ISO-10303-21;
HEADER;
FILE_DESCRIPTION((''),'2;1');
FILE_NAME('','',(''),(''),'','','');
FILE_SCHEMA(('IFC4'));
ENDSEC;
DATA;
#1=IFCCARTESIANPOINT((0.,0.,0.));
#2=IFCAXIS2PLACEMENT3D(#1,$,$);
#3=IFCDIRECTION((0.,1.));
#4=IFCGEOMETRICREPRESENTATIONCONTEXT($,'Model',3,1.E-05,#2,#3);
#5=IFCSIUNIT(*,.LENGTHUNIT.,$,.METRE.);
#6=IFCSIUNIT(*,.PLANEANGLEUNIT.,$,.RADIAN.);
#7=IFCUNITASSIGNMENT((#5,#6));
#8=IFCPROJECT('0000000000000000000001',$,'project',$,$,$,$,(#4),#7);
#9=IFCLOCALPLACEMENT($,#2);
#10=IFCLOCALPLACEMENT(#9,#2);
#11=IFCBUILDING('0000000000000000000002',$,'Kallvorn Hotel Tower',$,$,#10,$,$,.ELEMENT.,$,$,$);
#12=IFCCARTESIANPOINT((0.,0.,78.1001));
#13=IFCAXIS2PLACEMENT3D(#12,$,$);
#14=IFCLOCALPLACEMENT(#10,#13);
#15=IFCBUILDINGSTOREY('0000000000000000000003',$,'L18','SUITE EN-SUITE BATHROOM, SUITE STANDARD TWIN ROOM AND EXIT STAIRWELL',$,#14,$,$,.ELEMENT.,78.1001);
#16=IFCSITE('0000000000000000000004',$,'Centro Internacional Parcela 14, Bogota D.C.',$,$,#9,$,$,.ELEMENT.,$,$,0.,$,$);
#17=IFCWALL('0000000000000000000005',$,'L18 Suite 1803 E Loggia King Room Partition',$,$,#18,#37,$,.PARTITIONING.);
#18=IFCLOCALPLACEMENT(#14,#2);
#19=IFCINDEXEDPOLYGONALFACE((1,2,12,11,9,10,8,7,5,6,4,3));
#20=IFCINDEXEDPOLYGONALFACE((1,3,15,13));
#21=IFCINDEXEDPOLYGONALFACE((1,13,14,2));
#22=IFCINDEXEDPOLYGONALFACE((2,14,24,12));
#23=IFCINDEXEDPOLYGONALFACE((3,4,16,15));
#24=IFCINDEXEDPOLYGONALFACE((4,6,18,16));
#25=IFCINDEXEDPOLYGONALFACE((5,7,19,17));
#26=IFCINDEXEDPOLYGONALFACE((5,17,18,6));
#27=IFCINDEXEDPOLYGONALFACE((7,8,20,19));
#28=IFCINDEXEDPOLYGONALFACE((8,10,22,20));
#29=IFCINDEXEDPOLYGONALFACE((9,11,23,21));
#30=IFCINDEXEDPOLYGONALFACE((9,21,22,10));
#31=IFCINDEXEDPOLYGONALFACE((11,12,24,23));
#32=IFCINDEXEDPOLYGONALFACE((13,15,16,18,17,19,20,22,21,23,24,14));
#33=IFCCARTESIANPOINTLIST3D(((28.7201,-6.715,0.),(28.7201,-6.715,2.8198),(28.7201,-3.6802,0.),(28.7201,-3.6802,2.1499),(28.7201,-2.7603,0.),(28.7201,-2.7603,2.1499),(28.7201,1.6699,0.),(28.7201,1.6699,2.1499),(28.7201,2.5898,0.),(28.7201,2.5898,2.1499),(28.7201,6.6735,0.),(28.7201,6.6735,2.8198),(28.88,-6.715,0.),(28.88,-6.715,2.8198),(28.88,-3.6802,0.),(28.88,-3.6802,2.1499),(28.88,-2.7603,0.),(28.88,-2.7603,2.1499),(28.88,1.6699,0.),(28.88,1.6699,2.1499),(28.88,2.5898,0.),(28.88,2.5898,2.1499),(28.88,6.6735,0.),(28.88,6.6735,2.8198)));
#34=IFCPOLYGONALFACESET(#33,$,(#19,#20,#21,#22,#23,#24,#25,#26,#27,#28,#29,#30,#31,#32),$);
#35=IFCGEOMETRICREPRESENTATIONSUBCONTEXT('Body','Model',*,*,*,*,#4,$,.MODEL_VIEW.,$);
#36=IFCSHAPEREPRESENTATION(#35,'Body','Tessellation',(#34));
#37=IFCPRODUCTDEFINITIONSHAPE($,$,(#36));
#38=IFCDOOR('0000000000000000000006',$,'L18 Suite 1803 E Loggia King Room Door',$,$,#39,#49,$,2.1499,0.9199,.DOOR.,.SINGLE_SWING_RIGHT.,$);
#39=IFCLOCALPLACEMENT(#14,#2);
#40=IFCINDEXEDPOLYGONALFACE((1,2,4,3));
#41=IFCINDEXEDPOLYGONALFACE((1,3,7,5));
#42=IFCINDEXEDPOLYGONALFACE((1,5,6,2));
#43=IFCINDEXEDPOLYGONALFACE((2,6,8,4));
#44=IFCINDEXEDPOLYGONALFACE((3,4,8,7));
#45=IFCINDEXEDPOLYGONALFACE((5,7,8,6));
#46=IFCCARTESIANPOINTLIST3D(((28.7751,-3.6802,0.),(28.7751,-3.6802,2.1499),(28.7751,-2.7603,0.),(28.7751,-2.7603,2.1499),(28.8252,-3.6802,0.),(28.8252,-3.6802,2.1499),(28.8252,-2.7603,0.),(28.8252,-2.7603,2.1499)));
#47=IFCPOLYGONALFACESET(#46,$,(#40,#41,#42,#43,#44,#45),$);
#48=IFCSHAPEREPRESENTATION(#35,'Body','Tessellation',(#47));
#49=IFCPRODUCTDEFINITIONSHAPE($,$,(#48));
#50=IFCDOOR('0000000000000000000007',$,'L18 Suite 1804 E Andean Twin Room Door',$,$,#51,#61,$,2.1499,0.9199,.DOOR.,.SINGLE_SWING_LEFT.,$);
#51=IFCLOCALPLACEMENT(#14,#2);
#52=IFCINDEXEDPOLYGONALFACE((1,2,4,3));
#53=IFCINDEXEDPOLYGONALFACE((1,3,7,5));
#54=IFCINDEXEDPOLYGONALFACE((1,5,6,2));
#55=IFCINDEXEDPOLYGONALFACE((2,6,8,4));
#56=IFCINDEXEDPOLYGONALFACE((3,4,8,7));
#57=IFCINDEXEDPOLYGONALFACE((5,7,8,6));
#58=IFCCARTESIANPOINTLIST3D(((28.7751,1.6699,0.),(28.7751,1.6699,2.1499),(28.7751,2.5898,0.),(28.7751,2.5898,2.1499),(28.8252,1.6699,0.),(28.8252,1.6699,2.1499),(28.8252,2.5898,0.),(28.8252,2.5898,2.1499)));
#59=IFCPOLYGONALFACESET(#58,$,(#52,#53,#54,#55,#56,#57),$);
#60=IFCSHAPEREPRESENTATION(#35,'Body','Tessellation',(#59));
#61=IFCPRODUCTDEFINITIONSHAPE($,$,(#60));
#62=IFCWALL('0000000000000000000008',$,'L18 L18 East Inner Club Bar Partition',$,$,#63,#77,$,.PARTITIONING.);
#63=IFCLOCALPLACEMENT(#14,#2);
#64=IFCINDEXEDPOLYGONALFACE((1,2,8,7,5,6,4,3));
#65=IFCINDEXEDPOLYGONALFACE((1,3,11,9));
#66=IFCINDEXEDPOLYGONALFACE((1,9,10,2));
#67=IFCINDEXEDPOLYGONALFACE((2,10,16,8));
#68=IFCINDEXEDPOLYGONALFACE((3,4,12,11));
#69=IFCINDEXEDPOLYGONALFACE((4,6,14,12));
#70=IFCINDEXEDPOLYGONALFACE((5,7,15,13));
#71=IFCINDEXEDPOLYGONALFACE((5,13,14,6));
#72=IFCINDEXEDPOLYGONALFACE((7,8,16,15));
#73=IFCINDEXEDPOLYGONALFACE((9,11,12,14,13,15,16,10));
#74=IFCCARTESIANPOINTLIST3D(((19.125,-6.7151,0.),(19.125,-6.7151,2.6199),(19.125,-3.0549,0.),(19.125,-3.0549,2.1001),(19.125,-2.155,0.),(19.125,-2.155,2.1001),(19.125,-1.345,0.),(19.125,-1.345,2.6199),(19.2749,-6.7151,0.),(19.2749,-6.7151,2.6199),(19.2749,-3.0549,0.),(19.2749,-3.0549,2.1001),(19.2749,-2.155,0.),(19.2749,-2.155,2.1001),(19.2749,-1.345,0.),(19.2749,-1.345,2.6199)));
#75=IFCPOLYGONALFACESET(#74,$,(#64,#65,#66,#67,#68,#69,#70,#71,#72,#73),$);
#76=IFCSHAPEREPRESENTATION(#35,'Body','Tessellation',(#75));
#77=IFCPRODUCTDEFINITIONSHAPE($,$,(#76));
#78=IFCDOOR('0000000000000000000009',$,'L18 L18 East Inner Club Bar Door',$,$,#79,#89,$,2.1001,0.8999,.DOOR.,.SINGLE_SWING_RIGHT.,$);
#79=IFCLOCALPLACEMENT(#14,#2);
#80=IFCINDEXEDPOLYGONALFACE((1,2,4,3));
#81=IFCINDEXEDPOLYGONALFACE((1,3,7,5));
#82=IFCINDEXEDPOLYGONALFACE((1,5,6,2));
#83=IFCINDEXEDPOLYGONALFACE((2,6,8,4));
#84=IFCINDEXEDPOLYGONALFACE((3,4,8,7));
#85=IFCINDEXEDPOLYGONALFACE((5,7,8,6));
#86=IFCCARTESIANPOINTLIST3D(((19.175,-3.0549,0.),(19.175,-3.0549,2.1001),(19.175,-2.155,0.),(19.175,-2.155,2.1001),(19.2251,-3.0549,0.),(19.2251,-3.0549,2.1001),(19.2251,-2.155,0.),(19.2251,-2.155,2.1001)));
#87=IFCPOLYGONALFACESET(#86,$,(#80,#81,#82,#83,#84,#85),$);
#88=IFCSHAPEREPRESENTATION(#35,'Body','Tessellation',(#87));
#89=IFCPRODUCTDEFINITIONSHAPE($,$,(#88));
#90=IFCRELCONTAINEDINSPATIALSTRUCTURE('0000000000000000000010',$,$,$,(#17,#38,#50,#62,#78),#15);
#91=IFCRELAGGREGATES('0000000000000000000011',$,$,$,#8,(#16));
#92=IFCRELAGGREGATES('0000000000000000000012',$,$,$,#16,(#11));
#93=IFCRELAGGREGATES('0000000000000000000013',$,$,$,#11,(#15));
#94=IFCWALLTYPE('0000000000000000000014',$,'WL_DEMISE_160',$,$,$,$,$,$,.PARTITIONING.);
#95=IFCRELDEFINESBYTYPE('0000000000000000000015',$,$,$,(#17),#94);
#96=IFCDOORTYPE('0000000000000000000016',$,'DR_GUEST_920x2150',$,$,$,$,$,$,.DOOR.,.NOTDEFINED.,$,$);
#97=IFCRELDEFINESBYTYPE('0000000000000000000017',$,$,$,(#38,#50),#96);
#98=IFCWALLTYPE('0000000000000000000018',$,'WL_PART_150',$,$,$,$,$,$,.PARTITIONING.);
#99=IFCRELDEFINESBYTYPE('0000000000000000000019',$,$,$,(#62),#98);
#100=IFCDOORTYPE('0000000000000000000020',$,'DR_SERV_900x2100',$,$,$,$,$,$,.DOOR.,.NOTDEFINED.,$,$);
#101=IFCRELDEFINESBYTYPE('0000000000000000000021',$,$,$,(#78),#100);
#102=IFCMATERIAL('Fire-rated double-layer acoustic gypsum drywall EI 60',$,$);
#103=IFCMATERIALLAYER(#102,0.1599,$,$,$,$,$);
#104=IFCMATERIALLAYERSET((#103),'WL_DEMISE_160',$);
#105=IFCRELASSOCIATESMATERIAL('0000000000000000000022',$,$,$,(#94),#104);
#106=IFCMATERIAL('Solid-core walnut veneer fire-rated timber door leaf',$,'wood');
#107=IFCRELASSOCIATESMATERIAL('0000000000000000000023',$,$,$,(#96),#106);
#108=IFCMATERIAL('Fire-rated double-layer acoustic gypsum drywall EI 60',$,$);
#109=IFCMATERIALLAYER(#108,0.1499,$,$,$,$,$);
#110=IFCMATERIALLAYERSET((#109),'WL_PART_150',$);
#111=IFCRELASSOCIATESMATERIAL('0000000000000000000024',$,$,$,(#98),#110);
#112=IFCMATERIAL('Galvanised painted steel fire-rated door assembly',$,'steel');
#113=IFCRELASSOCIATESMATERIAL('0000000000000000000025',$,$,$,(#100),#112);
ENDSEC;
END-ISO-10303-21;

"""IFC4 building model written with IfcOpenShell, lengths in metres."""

from ifc_helpers import new_model, si_unit, direction, frame, frame_2d, origin, place, context, subcontext, project, spatial, rectangle, extrude, material, layer, layer_set, type_object, element, fill, save


model = new_model("IFC4")

# Units and contexts
model_context = context("Model", 3, precision=1e-05, world=origin(), true_north=direction((0.0, 1.0)))
body_context = subcontext(model_context, "Body", "Model", "MODEL_VIEW")
ifc_project = project(units=[si_unit("LENGTHUNIT", "METRE"), si_unit("PLANEANGLEUNIT", "RADIAN")], contexts=[model_context])

# Site, building, storey
site_placement = place(None, origin())
site = spatial("IfcSite", under=ifc_project, at=site_placement, Name="Centro Internacional Parcela 14, Bogota D.C.", CompositionType="ELEMENT", RefElevation=0.0)
building_placement = place(site_placement, origin())
building = spatial("IfcBuilding", under=site, at=building_placement, Name="Kallvorn Hotel Tower", CompositionType="ELEMENT")
storey_placement = place(building_placement, frame((0.0, 0.0, 78.1001)))
storey = spatial("IfcBuildingStorey", under=building, at=storey_placement, Name="L18", Description="SUITE EN-SUITE BATHROOM, SUITE STANDARD TWIN ROOM AND EXIT STAIRWELL", CompositionType="ELEMENT", Elevation=78.1001)

# Shared definitions
ifc_material_1 = material(Name="Fire-rated double-layer acoustic gypsum drywall EI 60")
ifc_layer_1 = layer(ifc_material_1, 0.1599)
ifc_layer_set_1 = layer_set([ifc_layer_1], Name="WL_DEMISE_160")
wall_type_1 = type_object("IfcWallType", Name="WL_DEMISE_160", PredefinedType="PARTITIONING", material=ifc_layer_set_1)

# Wall, openings, doors
wall_1_placement = place(storey_placement, frame((28.8, -6.7151, 0.0), z_axis=(0.0, 0.0, 1.0), x_axis=(0.0, 1.0, 0.0)))
wall_1 = element("IfcWall", 1, at=wall_1_placement, inside=storey, type_object=wall_type_1, Name="L18 Suite 1803 E Loggia King Room Partition", PredefinedType="PARTITIONING", context=body_context, shape_type="SweptSolid", body=[
    extrude(rectangle(XDim=13.3884, YDim=0.1599, at=frame_2d((6.6943, 0.0))), origin(), (0.0, 0.0, 1.0), 2.8198),
])
opening_1_placement = place(wall_1_placement, frame((3.0349, 0.0, 0.0)))
opening_1 = element("IfcOpeningElement", 2, at=opening_1_placement, cuts=wall_1, PredefinedType="OPENING", context=body_context, shape_type="SweptSolid", body=[
    extrude(rectangle(XDim=0.9199, YDim=2.1499, at=frame_2d((0.46, 1.075))), frame((0.0, 0.095, 0.0), z_axis=(0.0, -1.0, 0.0), x_axis=(1.0, 0.0, 0.0)), (0.0, 0.0, 1.0), 0.1899),
])
opening_2_placement = place(wall_1_placement, frame((8.385, 0.0, 0.0)))
opening_2 = element("IfcOpeningElement", 3, at=opening_2_placement, cuts=wall_1, PredefinedType="OPENING", context=body_context, shape_type="SweptSolid", body=[
    extrude(rectangle(XDim=0.9199, YDim=2.1499, at=frame_2d((0.46, 1.075))), frame((0.0, 0.095, 0.0), z_axis=(0.0, -1.0, 0.0), x_axis=(1.0, 0.0, 0.0)), (0.0, 0.0, 1.0), 0.1899),
])
ifc_material_2 = material(Name="Solid-core walnut veneer fire-rated timber door leaf", Category="wood")
door_type_1 = type_object("IfcDoorType", Name="DR_GUEST_920x2150", OperationType="NOTDEFINED", PredefinedType="DOOR", material=ifc_material_2)
door_1_placement = place(opening_1_placement, origin())
door_1 = element("IfcDoor", 4, at=door_1_placement, inside=storey, type_object=door_type_1, Name="L18 Suite 1803 E Loggia King Room Door", OperationType="SINGLE_SWING_RIGHT", OverallHeight=2.1499, OverallWidth=0.9199, PredefinedType="DOOR", context=body_context, shape_type="SweptSolid", body=[
    extrude(rectangle(XDim=0.9199, YDim=2.1499, at=frame_2d((0.46, 1.075))), frame((0.0, 0.0249, 0.0), z_axis=(0.0, -1.0, 0.0), x_axis=(1.0, 0.0, 0.0)), (0.0, 0.0, 1.0), 0.05),
])
fill(opening_1, door_1)
door_2_placement = place(opening_2_placement, origin())
door_2 = element("IfcDoor", 5, at=door_2_placement, inside=storey, type_object=door_type_1, Name="L18 Suite 1804 E Andean Twin Room Door", OperationType="SINGLE_SWING_LEFT", OverallHeight=2.1499, OverallWidth=0.9199, PredefinedType="DOOR", context=body_context, shape_type="SweptSolid", body=[
    extrude(rectangle(XDim=0.9199, YDim=2.1499, at=frame_2d((0.46, 1.075))), frame((0.0, 0.0249, 0.0), z_axis=(0.0, -1.0, 0.0), x_axis=(1.0, 0.0, 0.0)), (0.0, 0.0, 1.0), 0.05),
])
fill(opening_2, door_2)

# Wall, opening, door
ifc_material_3 = material(Name="Fire-rated double-layer acoustic gypsum drywall EI 60")
ifc_layer_2 = layer(ifc_material_3, 0.1499)
ifc_layer_set_2 = layer_set([ifc_layer_2], Name="WL_PART_150")
wall_type_2 = type_object("IfcWallType", Name="WL_PART_150", PredefinedType="PARTITIONING", material=ifc_layer_set_2)
wall_2_placement = place(storey_placement, frame((19.2, -6.7151, 0.0), z_axis=(0.0, 0.0, 1.0), x_axis=(0.0, 1.0, 0.0)))
wall_2 = element("IfcWall", 6, at=wall_2_placement, inside=storey, type_object=wall_type_2, Name="L18 L18 East Inner Club Bar Partition", PredefinedType="PARTITIONING", context=body_context, shape_type="SweptSolid", body=[
    extrude(rectangle(XDim=5.3701, YDim=0.1499, at=frame_2d((2.6851, 0.0))), origin(), (0.0, 0.0, 1.0), 2.6199),
])
opening_3_placement = place(wall_2_placement, frame((3.6602, 0.0, 0.0)))
opening_3 = element("IfcOpeningElement", 7, at=opening_3_placement, cuts=wall_2, PredefinedType="OPENING", context=body_context, shape_type="SweptSolid", body=[
    extrude(rectangle(XDim=0.8999, YDim=2.1001, at=frame_2d((0.45, 1.05))), frame((0.0, 0.0898, 0.0), z_axis=(0.0, -1.0, 0.0), x_axis=(1.0, 0.0, 0.0)), (0.0, 0.0, 1.0), 0.1799),
])
ifc_material_4 = material(Name="Galvanised painted steel fire-rated door assembly", Category="steel")
door_type_2 = type_object("IfcDoorType", Name="DR_SERV_900x2100", OperationType="NOTDEFINED", PredefinedType="DOOR", material=ifc_material_4)
door_3_placement = place(opening_3_placement, origin())
door_3 = element("IfcDoor", 8, at=door_3_placement, inside=storey, type_object=door_type_2, Name="L18 L18 East Inner Club Bar Door", OperationType="SINGLE_SWING_RIGHT", OverallHeight=2.1001, OverallWidth=0.8999, PredefinedType="DOOR", context=body_context, shape_type="SweptSolid", body=[
    extrude(rectangle(XDim=0.8999, YDim=2.1001, at=frame_2d((0.45, 1.05))), frame((0.0, 0.0249, 0.0), z_axis=(0.0, -1.0, 0.0), x_axis=(1.0, 0.0, 0.0)), (0.0, 0.0, 1.0), 0.05),
])
fill(opening_3, door_3)

save(model, "model.ifc")
